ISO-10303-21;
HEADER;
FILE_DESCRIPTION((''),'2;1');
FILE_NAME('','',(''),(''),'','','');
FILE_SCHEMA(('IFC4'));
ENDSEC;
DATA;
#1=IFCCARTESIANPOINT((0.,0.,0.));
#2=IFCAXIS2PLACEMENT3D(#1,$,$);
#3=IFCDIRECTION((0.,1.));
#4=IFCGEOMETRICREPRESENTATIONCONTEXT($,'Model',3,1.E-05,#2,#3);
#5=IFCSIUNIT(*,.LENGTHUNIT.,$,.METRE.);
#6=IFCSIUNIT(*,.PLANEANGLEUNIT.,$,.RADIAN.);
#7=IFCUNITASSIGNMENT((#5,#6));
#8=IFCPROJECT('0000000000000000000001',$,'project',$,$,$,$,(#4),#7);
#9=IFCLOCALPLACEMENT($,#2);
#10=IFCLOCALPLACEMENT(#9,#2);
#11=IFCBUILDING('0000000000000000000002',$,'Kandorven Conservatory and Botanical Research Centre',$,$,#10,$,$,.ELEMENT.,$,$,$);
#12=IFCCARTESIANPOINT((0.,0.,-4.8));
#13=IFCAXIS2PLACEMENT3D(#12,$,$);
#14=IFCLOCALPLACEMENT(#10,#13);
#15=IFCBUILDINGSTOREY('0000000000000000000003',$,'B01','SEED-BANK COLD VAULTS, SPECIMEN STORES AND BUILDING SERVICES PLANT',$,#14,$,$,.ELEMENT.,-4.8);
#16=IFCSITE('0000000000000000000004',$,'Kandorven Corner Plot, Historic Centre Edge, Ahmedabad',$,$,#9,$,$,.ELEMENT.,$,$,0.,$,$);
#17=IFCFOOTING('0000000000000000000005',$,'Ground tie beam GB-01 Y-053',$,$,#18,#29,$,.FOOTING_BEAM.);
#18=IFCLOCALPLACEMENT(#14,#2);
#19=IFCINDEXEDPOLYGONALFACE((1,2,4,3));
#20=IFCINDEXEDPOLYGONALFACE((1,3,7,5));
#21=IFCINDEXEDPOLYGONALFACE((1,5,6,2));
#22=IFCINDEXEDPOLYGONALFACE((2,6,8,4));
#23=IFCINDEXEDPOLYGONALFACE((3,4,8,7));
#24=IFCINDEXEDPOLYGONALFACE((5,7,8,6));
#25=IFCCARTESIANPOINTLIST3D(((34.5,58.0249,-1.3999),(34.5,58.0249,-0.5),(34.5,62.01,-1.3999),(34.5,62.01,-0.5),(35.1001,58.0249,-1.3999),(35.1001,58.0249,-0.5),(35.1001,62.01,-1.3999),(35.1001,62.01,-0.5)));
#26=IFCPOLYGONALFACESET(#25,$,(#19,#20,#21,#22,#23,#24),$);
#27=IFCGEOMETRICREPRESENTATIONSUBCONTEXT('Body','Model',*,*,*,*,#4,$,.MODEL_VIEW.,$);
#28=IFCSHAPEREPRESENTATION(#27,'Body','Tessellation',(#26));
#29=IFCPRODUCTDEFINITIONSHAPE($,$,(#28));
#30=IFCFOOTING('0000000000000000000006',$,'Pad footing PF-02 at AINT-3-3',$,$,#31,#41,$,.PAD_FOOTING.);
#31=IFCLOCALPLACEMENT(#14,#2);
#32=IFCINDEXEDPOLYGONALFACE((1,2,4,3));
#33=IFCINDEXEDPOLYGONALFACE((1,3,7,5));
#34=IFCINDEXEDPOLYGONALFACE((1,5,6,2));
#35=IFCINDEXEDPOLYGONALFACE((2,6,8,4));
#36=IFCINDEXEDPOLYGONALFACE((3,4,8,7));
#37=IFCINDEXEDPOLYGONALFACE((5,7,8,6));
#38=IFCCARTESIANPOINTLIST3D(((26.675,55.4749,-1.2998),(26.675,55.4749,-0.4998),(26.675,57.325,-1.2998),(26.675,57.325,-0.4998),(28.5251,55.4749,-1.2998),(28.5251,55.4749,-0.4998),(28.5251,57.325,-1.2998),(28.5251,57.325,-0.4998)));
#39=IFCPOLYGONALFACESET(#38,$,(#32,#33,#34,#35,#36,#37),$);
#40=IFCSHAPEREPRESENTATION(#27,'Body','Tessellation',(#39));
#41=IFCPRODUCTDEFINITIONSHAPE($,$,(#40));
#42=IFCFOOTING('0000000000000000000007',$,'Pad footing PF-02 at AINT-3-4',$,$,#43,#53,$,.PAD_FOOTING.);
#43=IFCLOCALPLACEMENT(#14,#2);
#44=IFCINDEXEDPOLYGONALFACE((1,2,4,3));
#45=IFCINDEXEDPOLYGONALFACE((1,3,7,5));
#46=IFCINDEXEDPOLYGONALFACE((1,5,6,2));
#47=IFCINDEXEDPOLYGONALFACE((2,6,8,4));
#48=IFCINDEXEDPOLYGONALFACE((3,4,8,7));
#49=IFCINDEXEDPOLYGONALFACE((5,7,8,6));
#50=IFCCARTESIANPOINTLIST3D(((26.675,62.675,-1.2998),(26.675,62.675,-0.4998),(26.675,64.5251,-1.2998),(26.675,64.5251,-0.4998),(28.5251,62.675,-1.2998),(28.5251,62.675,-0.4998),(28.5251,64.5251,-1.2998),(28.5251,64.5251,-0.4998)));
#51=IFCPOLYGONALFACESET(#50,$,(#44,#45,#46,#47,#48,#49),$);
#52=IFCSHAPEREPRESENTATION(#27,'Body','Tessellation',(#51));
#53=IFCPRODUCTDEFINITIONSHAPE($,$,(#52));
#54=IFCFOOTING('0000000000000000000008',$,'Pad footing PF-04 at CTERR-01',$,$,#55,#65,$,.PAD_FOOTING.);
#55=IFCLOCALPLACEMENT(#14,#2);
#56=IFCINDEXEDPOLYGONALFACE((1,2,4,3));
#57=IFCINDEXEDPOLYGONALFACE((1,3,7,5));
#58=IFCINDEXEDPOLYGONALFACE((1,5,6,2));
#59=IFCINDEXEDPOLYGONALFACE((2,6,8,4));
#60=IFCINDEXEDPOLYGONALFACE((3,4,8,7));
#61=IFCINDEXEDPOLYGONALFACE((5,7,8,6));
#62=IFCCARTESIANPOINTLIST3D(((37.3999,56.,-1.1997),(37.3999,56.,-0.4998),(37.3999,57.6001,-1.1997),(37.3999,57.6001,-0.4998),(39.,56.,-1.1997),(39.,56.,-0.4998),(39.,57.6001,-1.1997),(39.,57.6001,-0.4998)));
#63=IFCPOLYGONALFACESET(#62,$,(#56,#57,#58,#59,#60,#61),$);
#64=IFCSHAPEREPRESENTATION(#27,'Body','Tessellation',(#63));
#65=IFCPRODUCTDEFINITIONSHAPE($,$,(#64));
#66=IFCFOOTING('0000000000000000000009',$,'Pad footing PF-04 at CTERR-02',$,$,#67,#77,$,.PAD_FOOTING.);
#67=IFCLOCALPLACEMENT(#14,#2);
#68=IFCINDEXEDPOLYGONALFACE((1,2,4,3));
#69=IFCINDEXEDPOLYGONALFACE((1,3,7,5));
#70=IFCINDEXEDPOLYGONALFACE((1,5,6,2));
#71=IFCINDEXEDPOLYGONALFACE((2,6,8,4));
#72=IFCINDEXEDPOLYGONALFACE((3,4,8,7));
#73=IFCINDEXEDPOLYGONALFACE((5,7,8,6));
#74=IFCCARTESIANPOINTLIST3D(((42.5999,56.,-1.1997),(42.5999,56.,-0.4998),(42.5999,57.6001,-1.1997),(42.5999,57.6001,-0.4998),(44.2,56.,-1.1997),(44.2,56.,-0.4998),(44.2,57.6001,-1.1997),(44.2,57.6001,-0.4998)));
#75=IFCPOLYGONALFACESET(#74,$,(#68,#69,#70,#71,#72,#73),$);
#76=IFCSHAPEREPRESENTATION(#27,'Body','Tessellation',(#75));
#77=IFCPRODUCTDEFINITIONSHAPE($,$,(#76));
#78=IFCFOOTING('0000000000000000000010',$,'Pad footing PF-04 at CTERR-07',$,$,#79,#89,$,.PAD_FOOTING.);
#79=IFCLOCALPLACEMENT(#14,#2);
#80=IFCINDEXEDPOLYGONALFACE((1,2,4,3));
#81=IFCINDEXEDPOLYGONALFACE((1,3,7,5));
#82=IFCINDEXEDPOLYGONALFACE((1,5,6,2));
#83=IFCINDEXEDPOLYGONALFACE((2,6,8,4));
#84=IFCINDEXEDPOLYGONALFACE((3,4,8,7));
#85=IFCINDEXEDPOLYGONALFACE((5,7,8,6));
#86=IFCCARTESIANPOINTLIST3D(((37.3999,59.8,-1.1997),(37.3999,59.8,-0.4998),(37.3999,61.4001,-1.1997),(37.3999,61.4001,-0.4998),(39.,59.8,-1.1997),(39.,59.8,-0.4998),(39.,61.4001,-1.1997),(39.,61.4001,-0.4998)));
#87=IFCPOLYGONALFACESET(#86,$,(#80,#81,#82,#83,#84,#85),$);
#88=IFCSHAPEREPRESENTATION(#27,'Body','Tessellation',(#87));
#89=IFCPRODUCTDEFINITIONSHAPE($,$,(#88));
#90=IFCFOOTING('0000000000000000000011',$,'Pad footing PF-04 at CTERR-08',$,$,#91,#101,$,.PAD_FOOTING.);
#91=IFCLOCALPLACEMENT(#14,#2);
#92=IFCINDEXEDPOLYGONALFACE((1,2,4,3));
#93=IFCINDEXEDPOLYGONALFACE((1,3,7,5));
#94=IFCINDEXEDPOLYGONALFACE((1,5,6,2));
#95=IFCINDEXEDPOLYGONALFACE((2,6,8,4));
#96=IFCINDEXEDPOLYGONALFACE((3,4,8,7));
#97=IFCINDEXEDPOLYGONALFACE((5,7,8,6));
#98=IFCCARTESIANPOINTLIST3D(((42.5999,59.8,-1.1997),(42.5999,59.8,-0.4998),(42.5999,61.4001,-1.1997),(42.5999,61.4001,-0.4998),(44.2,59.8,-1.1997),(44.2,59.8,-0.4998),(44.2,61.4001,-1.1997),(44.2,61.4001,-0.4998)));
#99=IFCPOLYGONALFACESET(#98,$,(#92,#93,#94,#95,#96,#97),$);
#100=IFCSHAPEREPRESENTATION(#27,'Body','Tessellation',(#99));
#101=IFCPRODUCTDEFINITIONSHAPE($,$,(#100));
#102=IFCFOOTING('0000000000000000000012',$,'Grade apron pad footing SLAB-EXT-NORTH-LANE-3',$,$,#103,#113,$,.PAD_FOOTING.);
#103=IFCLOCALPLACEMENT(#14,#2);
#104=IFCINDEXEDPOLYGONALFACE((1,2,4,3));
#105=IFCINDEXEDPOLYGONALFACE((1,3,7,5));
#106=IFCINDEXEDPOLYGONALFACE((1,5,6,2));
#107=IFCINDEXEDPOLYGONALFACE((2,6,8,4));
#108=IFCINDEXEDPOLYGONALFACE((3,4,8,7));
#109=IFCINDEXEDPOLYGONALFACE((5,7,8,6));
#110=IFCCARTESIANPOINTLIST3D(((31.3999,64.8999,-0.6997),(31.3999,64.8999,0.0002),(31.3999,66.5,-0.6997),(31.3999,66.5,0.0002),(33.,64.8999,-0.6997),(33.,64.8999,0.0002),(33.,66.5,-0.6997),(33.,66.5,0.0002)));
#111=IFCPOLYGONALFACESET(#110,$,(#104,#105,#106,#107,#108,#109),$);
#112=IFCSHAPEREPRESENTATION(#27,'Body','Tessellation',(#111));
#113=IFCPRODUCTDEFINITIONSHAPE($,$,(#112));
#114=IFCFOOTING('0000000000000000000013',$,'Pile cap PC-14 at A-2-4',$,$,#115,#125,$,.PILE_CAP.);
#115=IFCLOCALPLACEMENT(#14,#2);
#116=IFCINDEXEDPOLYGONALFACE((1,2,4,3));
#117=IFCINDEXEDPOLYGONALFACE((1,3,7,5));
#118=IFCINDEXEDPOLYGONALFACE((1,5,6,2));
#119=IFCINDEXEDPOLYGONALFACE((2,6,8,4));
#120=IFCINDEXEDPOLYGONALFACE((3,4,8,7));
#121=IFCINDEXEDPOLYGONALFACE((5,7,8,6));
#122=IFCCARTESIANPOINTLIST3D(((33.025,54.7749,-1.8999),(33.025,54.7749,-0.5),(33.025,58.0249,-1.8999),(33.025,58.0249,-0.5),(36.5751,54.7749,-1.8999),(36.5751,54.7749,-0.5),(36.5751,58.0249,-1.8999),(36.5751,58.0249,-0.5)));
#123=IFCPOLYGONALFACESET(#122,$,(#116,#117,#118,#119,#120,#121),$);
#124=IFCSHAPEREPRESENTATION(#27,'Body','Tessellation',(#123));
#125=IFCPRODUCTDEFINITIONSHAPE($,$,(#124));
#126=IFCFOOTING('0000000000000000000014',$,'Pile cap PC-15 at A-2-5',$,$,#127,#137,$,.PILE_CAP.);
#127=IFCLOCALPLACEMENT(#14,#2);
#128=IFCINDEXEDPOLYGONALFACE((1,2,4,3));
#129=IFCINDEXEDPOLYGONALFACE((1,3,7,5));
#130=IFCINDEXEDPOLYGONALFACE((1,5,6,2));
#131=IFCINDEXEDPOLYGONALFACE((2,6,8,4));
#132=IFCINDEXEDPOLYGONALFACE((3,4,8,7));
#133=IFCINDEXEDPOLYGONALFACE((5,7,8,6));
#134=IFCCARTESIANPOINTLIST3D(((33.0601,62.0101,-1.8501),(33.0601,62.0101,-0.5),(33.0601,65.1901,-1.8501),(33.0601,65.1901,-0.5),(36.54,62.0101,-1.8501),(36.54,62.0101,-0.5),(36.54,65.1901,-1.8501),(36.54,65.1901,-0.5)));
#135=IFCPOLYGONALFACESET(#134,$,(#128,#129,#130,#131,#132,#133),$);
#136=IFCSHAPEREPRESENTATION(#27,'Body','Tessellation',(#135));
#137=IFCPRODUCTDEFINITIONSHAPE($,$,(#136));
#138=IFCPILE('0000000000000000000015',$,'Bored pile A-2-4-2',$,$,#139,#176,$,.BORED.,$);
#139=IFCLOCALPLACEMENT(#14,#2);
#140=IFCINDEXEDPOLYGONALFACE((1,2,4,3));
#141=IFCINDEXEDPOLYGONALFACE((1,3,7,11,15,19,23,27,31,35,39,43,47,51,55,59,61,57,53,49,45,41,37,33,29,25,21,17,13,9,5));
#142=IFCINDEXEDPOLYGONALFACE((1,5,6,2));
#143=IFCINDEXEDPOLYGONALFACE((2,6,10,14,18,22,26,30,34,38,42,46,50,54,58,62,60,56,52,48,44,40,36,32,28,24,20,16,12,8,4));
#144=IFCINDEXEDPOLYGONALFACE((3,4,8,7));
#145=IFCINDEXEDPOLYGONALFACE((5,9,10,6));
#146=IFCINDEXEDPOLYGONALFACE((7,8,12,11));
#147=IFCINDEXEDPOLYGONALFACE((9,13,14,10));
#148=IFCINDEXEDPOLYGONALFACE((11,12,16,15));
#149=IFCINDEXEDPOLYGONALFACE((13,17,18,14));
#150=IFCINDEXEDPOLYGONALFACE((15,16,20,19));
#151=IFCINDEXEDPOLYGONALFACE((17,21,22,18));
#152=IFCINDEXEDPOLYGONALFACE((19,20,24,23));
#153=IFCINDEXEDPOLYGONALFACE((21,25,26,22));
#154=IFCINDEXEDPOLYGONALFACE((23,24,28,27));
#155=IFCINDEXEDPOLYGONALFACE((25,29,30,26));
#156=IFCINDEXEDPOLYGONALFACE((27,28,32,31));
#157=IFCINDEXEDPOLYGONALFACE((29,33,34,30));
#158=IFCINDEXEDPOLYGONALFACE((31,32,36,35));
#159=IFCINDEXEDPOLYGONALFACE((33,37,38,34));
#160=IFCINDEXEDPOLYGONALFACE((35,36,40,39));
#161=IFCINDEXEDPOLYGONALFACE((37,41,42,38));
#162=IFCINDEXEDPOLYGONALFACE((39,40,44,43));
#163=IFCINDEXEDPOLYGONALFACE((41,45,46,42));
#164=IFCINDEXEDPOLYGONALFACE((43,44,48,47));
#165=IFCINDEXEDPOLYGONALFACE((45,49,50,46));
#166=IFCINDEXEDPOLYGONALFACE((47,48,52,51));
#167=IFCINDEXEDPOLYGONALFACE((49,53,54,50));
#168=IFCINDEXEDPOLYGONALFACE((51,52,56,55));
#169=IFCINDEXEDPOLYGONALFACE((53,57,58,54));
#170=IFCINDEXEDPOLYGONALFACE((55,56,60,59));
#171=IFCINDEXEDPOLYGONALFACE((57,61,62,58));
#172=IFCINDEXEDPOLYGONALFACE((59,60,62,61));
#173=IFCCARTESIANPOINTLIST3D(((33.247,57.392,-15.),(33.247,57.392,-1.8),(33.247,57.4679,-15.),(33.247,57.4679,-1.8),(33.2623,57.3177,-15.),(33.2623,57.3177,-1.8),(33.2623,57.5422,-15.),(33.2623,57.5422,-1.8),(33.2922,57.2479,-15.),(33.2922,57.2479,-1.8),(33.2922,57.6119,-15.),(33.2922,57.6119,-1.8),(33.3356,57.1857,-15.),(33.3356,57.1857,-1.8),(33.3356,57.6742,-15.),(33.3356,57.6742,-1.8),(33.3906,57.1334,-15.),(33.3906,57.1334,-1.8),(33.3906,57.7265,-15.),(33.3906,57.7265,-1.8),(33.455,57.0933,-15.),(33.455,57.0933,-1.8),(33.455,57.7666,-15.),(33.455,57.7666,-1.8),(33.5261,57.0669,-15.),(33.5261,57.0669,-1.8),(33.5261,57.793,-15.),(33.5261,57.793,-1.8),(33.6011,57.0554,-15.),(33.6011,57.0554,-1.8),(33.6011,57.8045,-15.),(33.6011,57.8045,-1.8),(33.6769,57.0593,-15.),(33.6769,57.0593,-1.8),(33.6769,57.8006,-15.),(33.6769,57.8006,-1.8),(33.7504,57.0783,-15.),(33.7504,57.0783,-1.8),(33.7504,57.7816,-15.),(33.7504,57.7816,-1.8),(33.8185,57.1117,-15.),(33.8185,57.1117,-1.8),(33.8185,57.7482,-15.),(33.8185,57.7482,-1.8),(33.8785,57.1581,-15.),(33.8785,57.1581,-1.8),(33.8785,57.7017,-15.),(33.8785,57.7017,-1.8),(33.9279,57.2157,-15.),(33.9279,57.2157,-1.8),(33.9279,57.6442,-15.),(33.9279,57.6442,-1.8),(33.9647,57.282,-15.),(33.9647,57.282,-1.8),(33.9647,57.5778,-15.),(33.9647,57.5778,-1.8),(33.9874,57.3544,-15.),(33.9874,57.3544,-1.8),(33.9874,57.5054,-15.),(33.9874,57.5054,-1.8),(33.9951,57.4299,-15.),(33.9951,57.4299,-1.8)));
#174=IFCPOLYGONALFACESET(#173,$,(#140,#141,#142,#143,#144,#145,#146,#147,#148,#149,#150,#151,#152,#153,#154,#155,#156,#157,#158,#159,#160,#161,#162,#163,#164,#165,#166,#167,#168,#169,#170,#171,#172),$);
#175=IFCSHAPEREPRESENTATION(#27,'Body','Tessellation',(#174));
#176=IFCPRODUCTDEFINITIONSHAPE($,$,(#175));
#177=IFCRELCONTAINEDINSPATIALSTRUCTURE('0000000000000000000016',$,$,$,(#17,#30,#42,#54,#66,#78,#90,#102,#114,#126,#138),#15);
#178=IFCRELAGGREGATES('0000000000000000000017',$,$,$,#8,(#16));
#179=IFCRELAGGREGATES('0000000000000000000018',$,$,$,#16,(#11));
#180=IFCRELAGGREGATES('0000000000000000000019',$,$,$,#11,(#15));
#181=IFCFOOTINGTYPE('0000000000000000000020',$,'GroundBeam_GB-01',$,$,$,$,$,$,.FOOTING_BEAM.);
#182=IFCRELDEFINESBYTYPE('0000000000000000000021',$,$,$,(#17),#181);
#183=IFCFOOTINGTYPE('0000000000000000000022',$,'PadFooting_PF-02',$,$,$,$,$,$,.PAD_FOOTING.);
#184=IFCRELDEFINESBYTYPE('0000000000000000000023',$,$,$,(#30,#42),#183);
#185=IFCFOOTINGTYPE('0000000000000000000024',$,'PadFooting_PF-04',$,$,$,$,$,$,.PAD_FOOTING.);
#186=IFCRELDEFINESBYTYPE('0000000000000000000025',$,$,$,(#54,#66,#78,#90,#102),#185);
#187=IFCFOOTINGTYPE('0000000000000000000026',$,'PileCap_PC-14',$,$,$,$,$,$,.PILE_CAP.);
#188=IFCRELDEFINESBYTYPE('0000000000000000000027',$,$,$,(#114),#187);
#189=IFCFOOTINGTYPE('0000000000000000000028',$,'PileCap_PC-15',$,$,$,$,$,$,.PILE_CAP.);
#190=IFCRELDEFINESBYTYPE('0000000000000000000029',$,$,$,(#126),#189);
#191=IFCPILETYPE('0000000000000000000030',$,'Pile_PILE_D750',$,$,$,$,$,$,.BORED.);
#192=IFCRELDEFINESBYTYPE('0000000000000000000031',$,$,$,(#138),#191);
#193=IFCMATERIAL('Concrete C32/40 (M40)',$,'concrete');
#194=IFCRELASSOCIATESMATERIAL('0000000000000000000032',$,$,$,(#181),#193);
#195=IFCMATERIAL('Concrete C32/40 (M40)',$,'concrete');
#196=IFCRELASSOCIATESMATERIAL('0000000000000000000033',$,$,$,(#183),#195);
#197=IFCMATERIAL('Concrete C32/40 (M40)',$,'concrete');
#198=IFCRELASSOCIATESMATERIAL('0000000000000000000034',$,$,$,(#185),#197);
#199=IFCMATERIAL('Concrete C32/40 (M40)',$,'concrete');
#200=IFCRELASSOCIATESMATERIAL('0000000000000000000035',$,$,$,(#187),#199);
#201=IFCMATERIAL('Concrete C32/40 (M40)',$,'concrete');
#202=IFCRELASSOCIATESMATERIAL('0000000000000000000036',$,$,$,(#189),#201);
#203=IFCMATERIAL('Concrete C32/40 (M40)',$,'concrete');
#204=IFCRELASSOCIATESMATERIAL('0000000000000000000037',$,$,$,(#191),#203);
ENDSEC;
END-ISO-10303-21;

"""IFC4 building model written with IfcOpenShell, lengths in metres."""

from ifc_helpers import new_model, si_unit, direction, frame, origin, origin_2d, place, context, subcontext, project, spatial, rectangle, circle, extrude, material, material_profile, profile_set, type_object, element, save


model = new_model("IFC4")

# Units and contexts
model_context = context("Model", 3, precision=1e-05, world=origin(), true_north=direction((0.0, 1.0)))
body_context = subcontext(model_context, "Body", "Model", "MODEL_VIEW")
ifc_project = project(units=[si_unit("LENGTHUNIT", "METRE"), si_unit("PLANEANGLEUNIT", "RADIAN")], contexts=[model_context])

# Site, building, storey
site_placement = place(None, origin())
site = spatial("IfcSite", under=ifc_project, at=site_placement, Name="Kandorven Corner Plot, Historic Centre Edge, Ahmedabad", CompositionType="ELEMENT", RefElevation=0.0)
building_placement = place(site_placement, origin())
building = spatial("IfcBuilding", under=site, at=building_placement, Name="Kandorven Conservatory and Botanical Research Centre", CompositionType="ELEMENT")
storey_placement = place(building_placement, frame((0.0, 0.0, -4.8)))
storey = spatial("IfcBuildingStorey", under=building, at=storey_placement, Name="B01", Description="SEED-BANK COLD VAULTS, SPECIMEN STORES AND BUILDING SERVICES PLANT", CompositionType="ELEMENT", Elevation=-4.8)

# Footings
ifc_material_1 = material(Name="Concrete C32/40 (M40)", Category="concrete")
ifc_material_profile_1 = material_profile(ifc_material_1, rectangle(XDim=0.6001, YDim=0.8999, at=origin_2d()))
ifc_profile_set_1 = profile_set([ifc_material_profile_1], Name="Concrete C32/40 (M40)")
footing_type_1 = type_object("IfcFootingType", Name="GroundBeam_GB-01", PredefinedType="FOOTING_BEAM", material=ifc_profile_set_1)
footing_1_placement = place(storey_placement, frame((34.8, 58.0249, -0.95), z_axis=(0.0, 1.0, 0.0), x_axis=(-1.0, 0.0, 0.0)))
element("IfcFooting", 1, at=footing_1_placement, inside=storey, type_object=footing_type_1, Name="Ground tie beam GB-01 Y-053", PredefinedType="FOOTING_BEAM", context=body_context, shape_type="SweptSolid", body=[
    extrude(rectangle(XDim=0.6001, YDim=0.8999, at=origin_2d()), origin(), (0.0, 0.0, 1.0), 3.9851),
])
ifc_material_2 = material(Name="Concrete C32/40 (M40)", Category="concrete")
footing_type_2 = type_object("IfcFootingType", Name="PadFooting_PF-02", PredefinedType="PAD_FOOTING", material=ifc_material_2)
for number, where, z_axis, x_axis, name in (
    (2, (27.6001, 56.3999, -1.2998), (0.0, 0.0, 1.0), (1.0, 0.0, 0.0), "Pad footing PF-02 at AINT-3-3"),
    (3, (27.6001, 63.6001, -1.2998), (0.0, 0.0, 1.0), (1.0, 0.0, 0.0), "Pad footing PF-02 at AINT-3-4"),
):
    element("IfcFooting", number, at=place(storey_placement, frame(where, z_axis=z_axis, x_axis=x_axis)), inside=storey, type_object=footing_type_2, Name=name, PredefinedType="PAD_FOOTING", context=body_context, shape_type="SweptSolid", body=[
        extrude(rectangle(XDim=1.8501, YDim=1.8501, at=origin_2d()), origin(), (0.0, 0.0, 1.0), 0.8),
    ])
ifc_material_3 = material(Name="Concrete C32/40 (M40)", Category="concrete")
footing_type_3 = type_object("IfcFootingType", Name="PadFooting_PF-04", PredefinedType="PAD_FOOTING", material=ifc_material_3)
for number, where, z_axis, x_axis, name in (
    (4, (38.2, 56.8, -1.1997), (0.0, 0.0, 1.0), (1.0, 0.0, 0.0), "Pad footing PF-04 at CTERR-01"),
    (5, (43.3999, 56.8, -1.1997), (0.0, 0.0, 1.0), (1.0, 0.0, 0.0), "Pad footing PF-04 at CTERR-02"),
    (6, (38.2, 60.6001, -1.1997), (0.0, 0.0, 1.0), (1.0, 0.0, 0.0), "Pad footing PF-04 at CTERR-07"),
    (7, (43.3999, 60.6001, -1.1997), (0.0, 0.0, 1.0), (1.0, 0.0, 0.0), "Pad footing PF-04 at CTERR-08"),
    (8, (32.2, 65.7, -0.6997), (0.0, 0.0, 1.0), (1.0, 0.0, 0.0), "Grade apron pad footing SLAB-EXT-NORTH-LANE-3"),
):
    element("IfcFooting", number, at=place(storey_placement, frame(where, z_axis=z_axis, x_axis=x_axis)), inside=storey, type_object=footing_type_3, Name=name, PredefinedType="PAD_FOOTING", context=body_context, shape_type="SweptSolid", body=[
        extrude(rectangle(XDim=1.6001, YDim=1.6001, at=origin_2d()), origin(), (0.0, 0.0, 1.0), 0.7),
    ])
ifc_material_4 = material(Name="Concrete C32/40 (M40)", Category="concrete")
footing_type_4 = type_object("IfcFootingType", Name="PileCap_PC-14", PredefinedType="PILE_CAP", material=ifc_material_4)
footing_2_placement = place(storey_placement, frame((34.8, 56.3999, -1.8999), z_axis=(0.0, 0.0, 1.0), x_axis=(1.0, 0.0, 0.0)))
element("IfcFooting", 9, at=footing_2_placement, inside=storey, type_object=footing_type_4, Name="Pile cap PC-14 at A-2-4", PredefinedType="PILE_CAP", context=body_context, shape_type="SweptSolid", body=[
    extrude(rectangle(XDim=3.55, YDim=3.25, at=origin_2d()), origin(), (0.0, 0.0, 1.0), 1.3999),
])
ifc_material_5 = material(Name="Concrete C32/40 (M40)", Category="concrete")
footing_type_5 = type_object("IfcFootingType", Name="PileCap_PC-15", PredefinedType="PILE_CAP", material=ifc_material_5)
footing_3_placement = place(storey_placement, frame((34.8, 63.6001, -1.8501), z_axis=(0.0, 0.0, 1.0), x_axis=(1.0, 0.0, 0.0)))
element("IfcFooting", 10, at=footing_3_placement, inside=storey, type_object=footing_type_5, Name="Pile cap PC-15 at A-2-5", PredefinedType="PILE_CAP", context=body_context, shape_type="SweptSolid", body=[
    extrude(rectangle(XDim=3.48, YDim=3.1799, at=origin_2d()), origin(), (0.0, 0.0, 1.0), 1.3501),
])

# Pile
ifc_material_6 = material(Name="Concrete C32/40 (M40)", Category="concrete")
ifc_material_profile_2 = material_profile(ifc_material_6, circle(Radius=0.375, at=origin_2d()))
ifc_profile_set_2 = profile_set([ifc_material_profile_2], Name="Concrete C32/40 (M40)")
pile_type = type_object("IfcPileType", Name="Pile_PILE_D750", PredefinedType="BORED", material=ifc_profile_set_2)
for number, where, z_axis, x_axis, name in (
    (11, (33.6201, 57.4299, -1.8), (0.0, 0.0, -1.0), (1.0, 0.0, 0.0), "Bored pile A-2-4-2"),
):
    element("IfcPile", number, at=place(storey_placement, frame(where, z_axis=z_axis, x_axis=x_axis)), inside=storey, type_object=pile_type, Name=name, PredefinedType="BORED", context=body_context, shape_type="SweptSolid", body=[
        extrude(circle(Radius=0.375, at=origin_2d()), origin(), (0.0, 0.0, 1.0), 13.2),
    ])

save(model, "model.ifc")
